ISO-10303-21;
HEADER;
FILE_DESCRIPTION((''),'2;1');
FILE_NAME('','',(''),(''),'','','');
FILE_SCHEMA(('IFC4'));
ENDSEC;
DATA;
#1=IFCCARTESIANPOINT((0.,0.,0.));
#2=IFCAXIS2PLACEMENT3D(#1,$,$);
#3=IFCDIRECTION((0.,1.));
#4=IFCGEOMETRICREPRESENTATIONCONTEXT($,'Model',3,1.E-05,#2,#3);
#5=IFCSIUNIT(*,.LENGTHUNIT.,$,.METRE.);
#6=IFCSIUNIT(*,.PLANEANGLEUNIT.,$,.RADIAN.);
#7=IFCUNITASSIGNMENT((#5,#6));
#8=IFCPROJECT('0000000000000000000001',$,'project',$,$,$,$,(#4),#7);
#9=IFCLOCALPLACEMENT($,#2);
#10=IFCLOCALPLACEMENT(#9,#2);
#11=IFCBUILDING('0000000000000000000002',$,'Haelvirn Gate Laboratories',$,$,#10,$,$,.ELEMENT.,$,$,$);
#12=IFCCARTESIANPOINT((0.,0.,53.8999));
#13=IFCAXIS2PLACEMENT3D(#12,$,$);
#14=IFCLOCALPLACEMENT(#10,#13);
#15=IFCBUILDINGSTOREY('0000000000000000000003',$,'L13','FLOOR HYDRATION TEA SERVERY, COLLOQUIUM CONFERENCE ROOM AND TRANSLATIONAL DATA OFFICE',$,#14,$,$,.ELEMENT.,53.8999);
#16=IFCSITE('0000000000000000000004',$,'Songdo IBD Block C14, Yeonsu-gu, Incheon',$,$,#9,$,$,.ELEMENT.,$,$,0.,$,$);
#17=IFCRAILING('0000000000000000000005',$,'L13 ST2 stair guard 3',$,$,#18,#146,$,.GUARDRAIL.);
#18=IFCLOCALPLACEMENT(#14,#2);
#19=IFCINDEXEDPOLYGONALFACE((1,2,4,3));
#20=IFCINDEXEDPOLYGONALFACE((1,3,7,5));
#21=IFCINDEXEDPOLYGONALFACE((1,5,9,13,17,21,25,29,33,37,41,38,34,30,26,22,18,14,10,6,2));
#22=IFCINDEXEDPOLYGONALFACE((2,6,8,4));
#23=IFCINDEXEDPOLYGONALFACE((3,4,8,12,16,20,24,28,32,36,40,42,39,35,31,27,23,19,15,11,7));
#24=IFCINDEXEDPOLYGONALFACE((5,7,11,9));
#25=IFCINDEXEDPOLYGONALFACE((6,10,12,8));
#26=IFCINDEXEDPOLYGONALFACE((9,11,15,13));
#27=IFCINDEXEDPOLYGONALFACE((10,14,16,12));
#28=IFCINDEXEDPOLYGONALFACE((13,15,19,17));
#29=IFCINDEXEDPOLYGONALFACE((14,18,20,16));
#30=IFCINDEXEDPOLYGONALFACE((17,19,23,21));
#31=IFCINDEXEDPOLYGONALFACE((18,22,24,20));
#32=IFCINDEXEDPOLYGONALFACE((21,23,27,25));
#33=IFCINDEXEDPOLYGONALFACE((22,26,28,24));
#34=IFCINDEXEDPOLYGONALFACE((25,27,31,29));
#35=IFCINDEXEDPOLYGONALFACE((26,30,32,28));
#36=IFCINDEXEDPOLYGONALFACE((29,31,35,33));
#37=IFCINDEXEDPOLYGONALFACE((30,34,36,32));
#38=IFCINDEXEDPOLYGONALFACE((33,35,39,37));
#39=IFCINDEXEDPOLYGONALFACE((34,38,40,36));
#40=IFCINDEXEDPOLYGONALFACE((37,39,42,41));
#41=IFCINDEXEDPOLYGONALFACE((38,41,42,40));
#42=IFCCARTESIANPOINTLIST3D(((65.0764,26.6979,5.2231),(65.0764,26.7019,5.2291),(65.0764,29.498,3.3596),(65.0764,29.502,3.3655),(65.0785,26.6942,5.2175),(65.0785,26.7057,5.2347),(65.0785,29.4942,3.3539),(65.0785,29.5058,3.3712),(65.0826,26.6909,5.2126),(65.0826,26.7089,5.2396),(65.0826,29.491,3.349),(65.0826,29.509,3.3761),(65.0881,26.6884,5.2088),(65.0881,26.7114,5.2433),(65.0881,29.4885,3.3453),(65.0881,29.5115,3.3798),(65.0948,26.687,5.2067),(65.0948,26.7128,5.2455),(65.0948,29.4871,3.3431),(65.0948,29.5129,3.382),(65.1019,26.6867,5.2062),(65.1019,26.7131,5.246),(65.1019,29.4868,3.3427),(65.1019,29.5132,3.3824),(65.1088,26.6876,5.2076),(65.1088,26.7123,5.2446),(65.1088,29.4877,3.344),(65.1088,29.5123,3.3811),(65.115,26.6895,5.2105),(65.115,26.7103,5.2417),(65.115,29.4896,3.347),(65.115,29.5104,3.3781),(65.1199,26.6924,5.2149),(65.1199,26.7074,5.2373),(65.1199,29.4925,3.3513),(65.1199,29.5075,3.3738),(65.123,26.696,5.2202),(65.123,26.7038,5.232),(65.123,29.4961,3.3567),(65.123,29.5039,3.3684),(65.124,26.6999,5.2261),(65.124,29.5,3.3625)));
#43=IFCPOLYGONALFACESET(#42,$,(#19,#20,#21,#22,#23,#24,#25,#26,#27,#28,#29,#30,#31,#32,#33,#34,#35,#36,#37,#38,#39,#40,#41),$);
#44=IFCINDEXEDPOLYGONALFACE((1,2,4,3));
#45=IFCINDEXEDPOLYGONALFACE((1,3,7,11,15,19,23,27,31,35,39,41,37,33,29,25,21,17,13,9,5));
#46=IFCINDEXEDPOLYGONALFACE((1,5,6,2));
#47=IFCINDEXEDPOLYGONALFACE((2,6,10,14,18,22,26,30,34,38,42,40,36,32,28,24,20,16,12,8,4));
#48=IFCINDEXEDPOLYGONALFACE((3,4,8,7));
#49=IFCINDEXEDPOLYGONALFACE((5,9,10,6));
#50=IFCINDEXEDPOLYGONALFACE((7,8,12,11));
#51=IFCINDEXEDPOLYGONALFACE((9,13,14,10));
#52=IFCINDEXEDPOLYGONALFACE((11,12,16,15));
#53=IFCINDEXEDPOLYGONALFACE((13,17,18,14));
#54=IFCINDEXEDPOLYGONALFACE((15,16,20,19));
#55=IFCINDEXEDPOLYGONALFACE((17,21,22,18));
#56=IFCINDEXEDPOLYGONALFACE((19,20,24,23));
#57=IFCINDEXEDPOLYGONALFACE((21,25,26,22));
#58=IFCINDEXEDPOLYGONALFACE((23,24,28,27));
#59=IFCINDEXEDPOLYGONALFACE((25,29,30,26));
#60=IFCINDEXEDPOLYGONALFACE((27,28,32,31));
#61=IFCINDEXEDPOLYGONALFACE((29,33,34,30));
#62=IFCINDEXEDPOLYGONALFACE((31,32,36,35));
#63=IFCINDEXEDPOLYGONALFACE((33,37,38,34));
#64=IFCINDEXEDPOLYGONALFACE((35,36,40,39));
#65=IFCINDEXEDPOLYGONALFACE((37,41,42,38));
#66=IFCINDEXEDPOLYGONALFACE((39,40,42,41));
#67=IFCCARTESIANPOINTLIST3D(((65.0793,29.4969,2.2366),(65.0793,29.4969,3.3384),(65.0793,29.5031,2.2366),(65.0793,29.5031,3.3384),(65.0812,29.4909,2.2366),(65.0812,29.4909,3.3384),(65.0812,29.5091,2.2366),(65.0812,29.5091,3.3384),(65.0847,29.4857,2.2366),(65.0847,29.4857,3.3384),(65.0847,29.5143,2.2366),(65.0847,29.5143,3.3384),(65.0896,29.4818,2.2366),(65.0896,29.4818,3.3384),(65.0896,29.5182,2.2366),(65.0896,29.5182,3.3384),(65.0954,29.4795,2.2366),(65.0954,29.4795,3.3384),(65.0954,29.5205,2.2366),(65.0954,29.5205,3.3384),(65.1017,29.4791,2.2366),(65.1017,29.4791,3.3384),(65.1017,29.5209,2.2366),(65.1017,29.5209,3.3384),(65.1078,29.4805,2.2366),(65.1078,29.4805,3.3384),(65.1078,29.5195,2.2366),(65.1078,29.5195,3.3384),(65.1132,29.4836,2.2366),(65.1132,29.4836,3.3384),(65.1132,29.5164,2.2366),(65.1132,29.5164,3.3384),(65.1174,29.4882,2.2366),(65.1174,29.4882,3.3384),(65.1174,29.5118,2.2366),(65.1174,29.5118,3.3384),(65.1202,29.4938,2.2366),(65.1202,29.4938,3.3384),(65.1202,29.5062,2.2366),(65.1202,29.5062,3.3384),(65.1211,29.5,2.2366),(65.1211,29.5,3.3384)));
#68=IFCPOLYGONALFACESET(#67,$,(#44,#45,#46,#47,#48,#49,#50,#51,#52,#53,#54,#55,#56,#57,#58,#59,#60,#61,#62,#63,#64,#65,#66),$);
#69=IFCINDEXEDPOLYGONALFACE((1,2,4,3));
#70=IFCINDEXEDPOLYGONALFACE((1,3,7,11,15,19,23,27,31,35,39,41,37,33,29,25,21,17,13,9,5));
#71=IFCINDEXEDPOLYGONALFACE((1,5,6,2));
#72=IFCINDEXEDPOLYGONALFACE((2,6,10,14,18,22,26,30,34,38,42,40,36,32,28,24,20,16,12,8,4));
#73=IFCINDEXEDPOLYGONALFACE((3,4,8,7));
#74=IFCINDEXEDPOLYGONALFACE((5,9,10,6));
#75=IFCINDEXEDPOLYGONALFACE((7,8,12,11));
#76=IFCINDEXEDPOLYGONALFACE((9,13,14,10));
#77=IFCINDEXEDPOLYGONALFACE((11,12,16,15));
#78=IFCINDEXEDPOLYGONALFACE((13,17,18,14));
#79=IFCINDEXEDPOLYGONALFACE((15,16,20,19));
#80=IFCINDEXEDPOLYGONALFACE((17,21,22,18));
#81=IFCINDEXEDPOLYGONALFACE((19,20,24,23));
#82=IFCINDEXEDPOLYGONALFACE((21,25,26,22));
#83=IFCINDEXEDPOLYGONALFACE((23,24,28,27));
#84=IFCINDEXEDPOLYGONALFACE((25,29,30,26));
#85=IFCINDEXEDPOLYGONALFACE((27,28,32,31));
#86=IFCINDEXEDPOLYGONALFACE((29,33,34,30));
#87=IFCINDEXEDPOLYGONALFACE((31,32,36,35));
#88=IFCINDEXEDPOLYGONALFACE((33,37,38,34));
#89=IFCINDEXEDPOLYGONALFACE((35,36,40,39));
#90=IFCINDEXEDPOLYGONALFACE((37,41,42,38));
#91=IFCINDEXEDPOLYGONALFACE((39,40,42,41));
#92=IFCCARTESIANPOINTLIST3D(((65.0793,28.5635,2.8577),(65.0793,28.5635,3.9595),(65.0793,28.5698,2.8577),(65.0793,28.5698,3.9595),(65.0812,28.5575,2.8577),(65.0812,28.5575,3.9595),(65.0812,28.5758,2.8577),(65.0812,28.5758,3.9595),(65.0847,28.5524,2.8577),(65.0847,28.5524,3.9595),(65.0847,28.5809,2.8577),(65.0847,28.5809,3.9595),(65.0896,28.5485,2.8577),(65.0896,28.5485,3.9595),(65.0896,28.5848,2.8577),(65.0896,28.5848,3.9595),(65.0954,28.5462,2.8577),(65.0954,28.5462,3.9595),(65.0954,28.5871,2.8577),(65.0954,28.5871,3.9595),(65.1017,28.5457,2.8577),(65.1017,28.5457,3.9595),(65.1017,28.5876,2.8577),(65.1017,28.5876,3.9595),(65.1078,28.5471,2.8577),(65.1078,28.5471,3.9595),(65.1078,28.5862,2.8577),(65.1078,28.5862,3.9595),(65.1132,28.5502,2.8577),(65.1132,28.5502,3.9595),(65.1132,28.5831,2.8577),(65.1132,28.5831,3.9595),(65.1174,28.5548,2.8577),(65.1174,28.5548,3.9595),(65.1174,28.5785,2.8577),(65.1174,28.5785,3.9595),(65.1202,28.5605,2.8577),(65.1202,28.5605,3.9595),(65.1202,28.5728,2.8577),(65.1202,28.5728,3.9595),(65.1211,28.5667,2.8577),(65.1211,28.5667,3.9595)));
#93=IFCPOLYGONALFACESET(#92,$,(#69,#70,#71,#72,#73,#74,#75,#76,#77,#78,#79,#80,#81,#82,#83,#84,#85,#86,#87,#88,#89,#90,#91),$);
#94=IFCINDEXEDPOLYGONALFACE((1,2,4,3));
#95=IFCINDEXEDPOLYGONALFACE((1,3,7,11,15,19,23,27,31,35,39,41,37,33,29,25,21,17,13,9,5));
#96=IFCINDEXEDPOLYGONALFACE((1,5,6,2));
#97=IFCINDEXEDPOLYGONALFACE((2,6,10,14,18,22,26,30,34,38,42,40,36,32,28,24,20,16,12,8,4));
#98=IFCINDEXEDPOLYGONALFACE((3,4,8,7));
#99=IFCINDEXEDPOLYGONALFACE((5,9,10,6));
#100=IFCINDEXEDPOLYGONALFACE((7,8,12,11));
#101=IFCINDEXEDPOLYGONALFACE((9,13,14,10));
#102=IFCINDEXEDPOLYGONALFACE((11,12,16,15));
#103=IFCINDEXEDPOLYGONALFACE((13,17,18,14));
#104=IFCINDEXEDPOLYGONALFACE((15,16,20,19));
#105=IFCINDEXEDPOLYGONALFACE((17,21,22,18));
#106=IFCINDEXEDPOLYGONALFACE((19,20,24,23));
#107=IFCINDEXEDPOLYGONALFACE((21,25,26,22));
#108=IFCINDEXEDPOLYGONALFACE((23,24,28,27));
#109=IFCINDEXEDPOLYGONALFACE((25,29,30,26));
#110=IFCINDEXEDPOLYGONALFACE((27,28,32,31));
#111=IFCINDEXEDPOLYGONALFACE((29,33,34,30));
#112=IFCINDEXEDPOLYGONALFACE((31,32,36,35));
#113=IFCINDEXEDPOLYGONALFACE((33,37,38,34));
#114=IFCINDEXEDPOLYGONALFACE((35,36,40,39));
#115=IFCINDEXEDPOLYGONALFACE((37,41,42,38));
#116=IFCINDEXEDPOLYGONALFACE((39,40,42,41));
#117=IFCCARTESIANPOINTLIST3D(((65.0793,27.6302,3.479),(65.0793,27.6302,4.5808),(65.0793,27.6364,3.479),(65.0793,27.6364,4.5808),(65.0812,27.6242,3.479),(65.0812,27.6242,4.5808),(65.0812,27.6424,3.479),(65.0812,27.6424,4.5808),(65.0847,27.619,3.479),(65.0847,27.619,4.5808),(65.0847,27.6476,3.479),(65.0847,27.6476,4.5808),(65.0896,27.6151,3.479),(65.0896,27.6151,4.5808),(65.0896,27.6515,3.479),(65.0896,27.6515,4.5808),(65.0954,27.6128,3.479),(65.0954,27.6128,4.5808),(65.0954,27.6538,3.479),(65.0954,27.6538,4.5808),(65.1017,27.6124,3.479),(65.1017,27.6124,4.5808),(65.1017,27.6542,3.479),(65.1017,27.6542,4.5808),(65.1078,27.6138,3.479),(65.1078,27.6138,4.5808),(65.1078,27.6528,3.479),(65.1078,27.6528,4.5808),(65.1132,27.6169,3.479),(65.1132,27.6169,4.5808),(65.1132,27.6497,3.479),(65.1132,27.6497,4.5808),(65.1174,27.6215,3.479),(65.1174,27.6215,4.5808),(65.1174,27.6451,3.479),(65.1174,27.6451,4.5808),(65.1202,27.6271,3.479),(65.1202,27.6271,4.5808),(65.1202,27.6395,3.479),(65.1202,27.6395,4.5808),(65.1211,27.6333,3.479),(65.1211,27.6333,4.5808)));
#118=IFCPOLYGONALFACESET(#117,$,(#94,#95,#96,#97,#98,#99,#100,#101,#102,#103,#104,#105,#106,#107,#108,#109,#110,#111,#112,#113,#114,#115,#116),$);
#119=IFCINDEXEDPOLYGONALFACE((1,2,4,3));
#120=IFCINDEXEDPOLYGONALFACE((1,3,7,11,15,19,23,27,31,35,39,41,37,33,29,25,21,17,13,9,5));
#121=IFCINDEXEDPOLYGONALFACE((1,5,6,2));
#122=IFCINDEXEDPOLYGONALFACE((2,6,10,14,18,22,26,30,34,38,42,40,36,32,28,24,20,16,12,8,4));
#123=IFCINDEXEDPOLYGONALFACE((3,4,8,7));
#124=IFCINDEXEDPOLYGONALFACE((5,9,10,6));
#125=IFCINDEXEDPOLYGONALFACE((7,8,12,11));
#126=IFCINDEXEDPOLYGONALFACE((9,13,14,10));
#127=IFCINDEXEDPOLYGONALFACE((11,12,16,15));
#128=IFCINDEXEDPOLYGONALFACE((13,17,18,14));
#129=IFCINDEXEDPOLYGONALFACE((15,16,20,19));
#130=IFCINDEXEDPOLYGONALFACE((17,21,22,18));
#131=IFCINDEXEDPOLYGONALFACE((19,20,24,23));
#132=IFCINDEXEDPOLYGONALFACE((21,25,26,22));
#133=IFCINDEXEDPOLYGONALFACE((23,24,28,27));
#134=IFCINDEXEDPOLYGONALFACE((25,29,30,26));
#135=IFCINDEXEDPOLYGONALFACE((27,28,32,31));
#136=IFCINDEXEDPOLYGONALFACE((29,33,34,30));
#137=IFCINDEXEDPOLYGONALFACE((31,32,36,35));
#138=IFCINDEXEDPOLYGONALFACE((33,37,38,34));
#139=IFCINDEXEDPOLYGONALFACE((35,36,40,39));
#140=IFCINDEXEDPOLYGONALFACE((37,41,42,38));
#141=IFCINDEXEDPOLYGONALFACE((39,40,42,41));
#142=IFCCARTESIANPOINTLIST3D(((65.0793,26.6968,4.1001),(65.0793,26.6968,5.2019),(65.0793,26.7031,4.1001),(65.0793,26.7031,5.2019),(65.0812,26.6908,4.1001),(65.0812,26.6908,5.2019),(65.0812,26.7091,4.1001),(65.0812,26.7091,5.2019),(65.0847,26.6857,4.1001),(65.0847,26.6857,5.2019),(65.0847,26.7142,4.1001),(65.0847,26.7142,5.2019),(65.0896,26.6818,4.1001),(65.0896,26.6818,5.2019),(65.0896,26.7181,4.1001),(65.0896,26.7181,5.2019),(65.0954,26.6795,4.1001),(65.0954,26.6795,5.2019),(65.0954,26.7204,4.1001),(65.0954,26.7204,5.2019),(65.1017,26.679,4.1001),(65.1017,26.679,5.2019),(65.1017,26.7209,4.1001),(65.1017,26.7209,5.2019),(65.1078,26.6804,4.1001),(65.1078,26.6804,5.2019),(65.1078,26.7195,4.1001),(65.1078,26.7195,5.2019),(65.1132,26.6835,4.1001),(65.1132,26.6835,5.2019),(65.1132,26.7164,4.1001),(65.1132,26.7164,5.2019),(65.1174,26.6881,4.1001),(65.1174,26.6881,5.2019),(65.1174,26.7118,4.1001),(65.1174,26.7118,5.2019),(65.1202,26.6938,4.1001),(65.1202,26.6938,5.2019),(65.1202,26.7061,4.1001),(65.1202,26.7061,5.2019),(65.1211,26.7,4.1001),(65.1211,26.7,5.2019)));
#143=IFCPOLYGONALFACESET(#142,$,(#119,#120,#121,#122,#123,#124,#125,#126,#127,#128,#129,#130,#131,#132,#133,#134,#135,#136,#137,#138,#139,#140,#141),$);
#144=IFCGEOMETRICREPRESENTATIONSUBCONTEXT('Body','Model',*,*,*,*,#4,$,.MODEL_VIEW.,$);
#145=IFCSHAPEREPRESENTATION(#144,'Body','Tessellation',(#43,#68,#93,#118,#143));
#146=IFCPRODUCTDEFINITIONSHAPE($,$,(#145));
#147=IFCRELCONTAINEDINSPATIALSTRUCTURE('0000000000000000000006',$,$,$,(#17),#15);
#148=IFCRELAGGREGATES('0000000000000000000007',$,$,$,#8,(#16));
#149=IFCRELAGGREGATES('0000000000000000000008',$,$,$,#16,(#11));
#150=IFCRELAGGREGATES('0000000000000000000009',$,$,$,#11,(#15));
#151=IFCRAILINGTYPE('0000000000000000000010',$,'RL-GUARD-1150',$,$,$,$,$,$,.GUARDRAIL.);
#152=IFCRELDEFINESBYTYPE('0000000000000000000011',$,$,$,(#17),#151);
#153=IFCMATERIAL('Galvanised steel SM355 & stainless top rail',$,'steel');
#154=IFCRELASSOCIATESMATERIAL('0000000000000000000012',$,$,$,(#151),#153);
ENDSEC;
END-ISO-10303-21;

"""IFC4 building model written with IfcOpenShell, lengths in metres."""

from ifc_helpers import new_model, si_unit, direction, frame, origin, origin_2d, place, context, subcontext, project, spatial, circle, extrude, source, transform, mapped, material, type_object, element, save


model = new_model("IFC4")

# Units and contexts
model_context = context("Model", 3, precision=1e-05, world=origin(), true_north=direction((0.0, 1.0)))
body_context = subcontext(model_context, "Body", "Model", "MODEL_VIEW")
ifc_project = project(units=[si_unit("LENGTHUNIT", "METRE"), si_unit("PLANEANGLEUNIT", "RADIAN")], contexts=[model_context])

# Site, building, storey
site_placement = place(None, origin())
site = spatial("IfcSite", under=ifc_project, at=site_placement, Name="Songdo IBD Block C14, Yeonsu-gu, Incheon", CompositionType="ELEMENT", RefElevation=0.0)
building_placement = place(site_placement, origin())
building = spatial("IfcBuilding", under=site, at=building_placement, Name="Haelvirn Gate Laboratories", CompositionType="ELEMENT")
storey_placement = place(building_placement, frame((0.0, 0.0, 53.8999)))
storey = spatial("IfcBuildingStorey", under=building, at=storey_placement, Name="L13", Description="FLOOR HYDRATION TEA SERVERY, COLLOQUIUM CONFERENCE ROOM AND TRANSLATIONAL DATA OFFICE", CompositionType="ELEMENT", Elevation=53.8999)

# Railing
ifc_material_1 = material(Name="Galvanised steel SM355 & stainless top rail", Category="steel")
railing_type_1 = type_object("IfcRailingType", Name="RL-GUARD-1150", PredefinedType="GUARDRAIL", material=ifc_material_1)
shared_shape_1 = source(origin(), body_context, "Body", "SweptSolid", [
    extrude(circle(Radius=0.0239, at=origin_2d()), frame((0.0, 0.0, 1.126), z_axis=(0.0, -0.832486, 0.554047), x_axis=(1.0, 0.0, 0.0)), (0.0, 0.0, 1.0), 3.3635),
    extrude(circle(Radius=0.021, at=origin_2d()), origin(), (0.0, 0.0, 1.0), 1.1018),
    extrude(circle(Radius=0.021, at=origin_2d()), frame((0.0, -0.9333, 0.6211)), (0.0, 0.0, 1.0), 1.1018),
    extrude(circle(Radius=0.021, at=origin_2d()), frame((0.0, -1.8667, 1.2424)), (0.0, 0.0, 1.0), 1.1018),
    extrude(circle(Radius=0.021, at=origin_2d()), frame((0.0, -2.8, 1.8635)), (0.0, 0.0, 1.0), 1.1018),
])
railing_1_placement = place(storey_placement, frame((65.1001, 29.5, 2.2366)))
element("IfcRailing", 1, at=railing_1_placement, inside=storey, type_object=railing_type_1, Name="L13 ST2 stair guard 3", PredefinedType="GUARDRAIL", context=body_context, shape_type="MappedRepresentation", body=[
    mapped(shared_shape_1, transform((0.0, 0.0, 0.0), scale=1.0)),
])

save(model, "model.ifc")
